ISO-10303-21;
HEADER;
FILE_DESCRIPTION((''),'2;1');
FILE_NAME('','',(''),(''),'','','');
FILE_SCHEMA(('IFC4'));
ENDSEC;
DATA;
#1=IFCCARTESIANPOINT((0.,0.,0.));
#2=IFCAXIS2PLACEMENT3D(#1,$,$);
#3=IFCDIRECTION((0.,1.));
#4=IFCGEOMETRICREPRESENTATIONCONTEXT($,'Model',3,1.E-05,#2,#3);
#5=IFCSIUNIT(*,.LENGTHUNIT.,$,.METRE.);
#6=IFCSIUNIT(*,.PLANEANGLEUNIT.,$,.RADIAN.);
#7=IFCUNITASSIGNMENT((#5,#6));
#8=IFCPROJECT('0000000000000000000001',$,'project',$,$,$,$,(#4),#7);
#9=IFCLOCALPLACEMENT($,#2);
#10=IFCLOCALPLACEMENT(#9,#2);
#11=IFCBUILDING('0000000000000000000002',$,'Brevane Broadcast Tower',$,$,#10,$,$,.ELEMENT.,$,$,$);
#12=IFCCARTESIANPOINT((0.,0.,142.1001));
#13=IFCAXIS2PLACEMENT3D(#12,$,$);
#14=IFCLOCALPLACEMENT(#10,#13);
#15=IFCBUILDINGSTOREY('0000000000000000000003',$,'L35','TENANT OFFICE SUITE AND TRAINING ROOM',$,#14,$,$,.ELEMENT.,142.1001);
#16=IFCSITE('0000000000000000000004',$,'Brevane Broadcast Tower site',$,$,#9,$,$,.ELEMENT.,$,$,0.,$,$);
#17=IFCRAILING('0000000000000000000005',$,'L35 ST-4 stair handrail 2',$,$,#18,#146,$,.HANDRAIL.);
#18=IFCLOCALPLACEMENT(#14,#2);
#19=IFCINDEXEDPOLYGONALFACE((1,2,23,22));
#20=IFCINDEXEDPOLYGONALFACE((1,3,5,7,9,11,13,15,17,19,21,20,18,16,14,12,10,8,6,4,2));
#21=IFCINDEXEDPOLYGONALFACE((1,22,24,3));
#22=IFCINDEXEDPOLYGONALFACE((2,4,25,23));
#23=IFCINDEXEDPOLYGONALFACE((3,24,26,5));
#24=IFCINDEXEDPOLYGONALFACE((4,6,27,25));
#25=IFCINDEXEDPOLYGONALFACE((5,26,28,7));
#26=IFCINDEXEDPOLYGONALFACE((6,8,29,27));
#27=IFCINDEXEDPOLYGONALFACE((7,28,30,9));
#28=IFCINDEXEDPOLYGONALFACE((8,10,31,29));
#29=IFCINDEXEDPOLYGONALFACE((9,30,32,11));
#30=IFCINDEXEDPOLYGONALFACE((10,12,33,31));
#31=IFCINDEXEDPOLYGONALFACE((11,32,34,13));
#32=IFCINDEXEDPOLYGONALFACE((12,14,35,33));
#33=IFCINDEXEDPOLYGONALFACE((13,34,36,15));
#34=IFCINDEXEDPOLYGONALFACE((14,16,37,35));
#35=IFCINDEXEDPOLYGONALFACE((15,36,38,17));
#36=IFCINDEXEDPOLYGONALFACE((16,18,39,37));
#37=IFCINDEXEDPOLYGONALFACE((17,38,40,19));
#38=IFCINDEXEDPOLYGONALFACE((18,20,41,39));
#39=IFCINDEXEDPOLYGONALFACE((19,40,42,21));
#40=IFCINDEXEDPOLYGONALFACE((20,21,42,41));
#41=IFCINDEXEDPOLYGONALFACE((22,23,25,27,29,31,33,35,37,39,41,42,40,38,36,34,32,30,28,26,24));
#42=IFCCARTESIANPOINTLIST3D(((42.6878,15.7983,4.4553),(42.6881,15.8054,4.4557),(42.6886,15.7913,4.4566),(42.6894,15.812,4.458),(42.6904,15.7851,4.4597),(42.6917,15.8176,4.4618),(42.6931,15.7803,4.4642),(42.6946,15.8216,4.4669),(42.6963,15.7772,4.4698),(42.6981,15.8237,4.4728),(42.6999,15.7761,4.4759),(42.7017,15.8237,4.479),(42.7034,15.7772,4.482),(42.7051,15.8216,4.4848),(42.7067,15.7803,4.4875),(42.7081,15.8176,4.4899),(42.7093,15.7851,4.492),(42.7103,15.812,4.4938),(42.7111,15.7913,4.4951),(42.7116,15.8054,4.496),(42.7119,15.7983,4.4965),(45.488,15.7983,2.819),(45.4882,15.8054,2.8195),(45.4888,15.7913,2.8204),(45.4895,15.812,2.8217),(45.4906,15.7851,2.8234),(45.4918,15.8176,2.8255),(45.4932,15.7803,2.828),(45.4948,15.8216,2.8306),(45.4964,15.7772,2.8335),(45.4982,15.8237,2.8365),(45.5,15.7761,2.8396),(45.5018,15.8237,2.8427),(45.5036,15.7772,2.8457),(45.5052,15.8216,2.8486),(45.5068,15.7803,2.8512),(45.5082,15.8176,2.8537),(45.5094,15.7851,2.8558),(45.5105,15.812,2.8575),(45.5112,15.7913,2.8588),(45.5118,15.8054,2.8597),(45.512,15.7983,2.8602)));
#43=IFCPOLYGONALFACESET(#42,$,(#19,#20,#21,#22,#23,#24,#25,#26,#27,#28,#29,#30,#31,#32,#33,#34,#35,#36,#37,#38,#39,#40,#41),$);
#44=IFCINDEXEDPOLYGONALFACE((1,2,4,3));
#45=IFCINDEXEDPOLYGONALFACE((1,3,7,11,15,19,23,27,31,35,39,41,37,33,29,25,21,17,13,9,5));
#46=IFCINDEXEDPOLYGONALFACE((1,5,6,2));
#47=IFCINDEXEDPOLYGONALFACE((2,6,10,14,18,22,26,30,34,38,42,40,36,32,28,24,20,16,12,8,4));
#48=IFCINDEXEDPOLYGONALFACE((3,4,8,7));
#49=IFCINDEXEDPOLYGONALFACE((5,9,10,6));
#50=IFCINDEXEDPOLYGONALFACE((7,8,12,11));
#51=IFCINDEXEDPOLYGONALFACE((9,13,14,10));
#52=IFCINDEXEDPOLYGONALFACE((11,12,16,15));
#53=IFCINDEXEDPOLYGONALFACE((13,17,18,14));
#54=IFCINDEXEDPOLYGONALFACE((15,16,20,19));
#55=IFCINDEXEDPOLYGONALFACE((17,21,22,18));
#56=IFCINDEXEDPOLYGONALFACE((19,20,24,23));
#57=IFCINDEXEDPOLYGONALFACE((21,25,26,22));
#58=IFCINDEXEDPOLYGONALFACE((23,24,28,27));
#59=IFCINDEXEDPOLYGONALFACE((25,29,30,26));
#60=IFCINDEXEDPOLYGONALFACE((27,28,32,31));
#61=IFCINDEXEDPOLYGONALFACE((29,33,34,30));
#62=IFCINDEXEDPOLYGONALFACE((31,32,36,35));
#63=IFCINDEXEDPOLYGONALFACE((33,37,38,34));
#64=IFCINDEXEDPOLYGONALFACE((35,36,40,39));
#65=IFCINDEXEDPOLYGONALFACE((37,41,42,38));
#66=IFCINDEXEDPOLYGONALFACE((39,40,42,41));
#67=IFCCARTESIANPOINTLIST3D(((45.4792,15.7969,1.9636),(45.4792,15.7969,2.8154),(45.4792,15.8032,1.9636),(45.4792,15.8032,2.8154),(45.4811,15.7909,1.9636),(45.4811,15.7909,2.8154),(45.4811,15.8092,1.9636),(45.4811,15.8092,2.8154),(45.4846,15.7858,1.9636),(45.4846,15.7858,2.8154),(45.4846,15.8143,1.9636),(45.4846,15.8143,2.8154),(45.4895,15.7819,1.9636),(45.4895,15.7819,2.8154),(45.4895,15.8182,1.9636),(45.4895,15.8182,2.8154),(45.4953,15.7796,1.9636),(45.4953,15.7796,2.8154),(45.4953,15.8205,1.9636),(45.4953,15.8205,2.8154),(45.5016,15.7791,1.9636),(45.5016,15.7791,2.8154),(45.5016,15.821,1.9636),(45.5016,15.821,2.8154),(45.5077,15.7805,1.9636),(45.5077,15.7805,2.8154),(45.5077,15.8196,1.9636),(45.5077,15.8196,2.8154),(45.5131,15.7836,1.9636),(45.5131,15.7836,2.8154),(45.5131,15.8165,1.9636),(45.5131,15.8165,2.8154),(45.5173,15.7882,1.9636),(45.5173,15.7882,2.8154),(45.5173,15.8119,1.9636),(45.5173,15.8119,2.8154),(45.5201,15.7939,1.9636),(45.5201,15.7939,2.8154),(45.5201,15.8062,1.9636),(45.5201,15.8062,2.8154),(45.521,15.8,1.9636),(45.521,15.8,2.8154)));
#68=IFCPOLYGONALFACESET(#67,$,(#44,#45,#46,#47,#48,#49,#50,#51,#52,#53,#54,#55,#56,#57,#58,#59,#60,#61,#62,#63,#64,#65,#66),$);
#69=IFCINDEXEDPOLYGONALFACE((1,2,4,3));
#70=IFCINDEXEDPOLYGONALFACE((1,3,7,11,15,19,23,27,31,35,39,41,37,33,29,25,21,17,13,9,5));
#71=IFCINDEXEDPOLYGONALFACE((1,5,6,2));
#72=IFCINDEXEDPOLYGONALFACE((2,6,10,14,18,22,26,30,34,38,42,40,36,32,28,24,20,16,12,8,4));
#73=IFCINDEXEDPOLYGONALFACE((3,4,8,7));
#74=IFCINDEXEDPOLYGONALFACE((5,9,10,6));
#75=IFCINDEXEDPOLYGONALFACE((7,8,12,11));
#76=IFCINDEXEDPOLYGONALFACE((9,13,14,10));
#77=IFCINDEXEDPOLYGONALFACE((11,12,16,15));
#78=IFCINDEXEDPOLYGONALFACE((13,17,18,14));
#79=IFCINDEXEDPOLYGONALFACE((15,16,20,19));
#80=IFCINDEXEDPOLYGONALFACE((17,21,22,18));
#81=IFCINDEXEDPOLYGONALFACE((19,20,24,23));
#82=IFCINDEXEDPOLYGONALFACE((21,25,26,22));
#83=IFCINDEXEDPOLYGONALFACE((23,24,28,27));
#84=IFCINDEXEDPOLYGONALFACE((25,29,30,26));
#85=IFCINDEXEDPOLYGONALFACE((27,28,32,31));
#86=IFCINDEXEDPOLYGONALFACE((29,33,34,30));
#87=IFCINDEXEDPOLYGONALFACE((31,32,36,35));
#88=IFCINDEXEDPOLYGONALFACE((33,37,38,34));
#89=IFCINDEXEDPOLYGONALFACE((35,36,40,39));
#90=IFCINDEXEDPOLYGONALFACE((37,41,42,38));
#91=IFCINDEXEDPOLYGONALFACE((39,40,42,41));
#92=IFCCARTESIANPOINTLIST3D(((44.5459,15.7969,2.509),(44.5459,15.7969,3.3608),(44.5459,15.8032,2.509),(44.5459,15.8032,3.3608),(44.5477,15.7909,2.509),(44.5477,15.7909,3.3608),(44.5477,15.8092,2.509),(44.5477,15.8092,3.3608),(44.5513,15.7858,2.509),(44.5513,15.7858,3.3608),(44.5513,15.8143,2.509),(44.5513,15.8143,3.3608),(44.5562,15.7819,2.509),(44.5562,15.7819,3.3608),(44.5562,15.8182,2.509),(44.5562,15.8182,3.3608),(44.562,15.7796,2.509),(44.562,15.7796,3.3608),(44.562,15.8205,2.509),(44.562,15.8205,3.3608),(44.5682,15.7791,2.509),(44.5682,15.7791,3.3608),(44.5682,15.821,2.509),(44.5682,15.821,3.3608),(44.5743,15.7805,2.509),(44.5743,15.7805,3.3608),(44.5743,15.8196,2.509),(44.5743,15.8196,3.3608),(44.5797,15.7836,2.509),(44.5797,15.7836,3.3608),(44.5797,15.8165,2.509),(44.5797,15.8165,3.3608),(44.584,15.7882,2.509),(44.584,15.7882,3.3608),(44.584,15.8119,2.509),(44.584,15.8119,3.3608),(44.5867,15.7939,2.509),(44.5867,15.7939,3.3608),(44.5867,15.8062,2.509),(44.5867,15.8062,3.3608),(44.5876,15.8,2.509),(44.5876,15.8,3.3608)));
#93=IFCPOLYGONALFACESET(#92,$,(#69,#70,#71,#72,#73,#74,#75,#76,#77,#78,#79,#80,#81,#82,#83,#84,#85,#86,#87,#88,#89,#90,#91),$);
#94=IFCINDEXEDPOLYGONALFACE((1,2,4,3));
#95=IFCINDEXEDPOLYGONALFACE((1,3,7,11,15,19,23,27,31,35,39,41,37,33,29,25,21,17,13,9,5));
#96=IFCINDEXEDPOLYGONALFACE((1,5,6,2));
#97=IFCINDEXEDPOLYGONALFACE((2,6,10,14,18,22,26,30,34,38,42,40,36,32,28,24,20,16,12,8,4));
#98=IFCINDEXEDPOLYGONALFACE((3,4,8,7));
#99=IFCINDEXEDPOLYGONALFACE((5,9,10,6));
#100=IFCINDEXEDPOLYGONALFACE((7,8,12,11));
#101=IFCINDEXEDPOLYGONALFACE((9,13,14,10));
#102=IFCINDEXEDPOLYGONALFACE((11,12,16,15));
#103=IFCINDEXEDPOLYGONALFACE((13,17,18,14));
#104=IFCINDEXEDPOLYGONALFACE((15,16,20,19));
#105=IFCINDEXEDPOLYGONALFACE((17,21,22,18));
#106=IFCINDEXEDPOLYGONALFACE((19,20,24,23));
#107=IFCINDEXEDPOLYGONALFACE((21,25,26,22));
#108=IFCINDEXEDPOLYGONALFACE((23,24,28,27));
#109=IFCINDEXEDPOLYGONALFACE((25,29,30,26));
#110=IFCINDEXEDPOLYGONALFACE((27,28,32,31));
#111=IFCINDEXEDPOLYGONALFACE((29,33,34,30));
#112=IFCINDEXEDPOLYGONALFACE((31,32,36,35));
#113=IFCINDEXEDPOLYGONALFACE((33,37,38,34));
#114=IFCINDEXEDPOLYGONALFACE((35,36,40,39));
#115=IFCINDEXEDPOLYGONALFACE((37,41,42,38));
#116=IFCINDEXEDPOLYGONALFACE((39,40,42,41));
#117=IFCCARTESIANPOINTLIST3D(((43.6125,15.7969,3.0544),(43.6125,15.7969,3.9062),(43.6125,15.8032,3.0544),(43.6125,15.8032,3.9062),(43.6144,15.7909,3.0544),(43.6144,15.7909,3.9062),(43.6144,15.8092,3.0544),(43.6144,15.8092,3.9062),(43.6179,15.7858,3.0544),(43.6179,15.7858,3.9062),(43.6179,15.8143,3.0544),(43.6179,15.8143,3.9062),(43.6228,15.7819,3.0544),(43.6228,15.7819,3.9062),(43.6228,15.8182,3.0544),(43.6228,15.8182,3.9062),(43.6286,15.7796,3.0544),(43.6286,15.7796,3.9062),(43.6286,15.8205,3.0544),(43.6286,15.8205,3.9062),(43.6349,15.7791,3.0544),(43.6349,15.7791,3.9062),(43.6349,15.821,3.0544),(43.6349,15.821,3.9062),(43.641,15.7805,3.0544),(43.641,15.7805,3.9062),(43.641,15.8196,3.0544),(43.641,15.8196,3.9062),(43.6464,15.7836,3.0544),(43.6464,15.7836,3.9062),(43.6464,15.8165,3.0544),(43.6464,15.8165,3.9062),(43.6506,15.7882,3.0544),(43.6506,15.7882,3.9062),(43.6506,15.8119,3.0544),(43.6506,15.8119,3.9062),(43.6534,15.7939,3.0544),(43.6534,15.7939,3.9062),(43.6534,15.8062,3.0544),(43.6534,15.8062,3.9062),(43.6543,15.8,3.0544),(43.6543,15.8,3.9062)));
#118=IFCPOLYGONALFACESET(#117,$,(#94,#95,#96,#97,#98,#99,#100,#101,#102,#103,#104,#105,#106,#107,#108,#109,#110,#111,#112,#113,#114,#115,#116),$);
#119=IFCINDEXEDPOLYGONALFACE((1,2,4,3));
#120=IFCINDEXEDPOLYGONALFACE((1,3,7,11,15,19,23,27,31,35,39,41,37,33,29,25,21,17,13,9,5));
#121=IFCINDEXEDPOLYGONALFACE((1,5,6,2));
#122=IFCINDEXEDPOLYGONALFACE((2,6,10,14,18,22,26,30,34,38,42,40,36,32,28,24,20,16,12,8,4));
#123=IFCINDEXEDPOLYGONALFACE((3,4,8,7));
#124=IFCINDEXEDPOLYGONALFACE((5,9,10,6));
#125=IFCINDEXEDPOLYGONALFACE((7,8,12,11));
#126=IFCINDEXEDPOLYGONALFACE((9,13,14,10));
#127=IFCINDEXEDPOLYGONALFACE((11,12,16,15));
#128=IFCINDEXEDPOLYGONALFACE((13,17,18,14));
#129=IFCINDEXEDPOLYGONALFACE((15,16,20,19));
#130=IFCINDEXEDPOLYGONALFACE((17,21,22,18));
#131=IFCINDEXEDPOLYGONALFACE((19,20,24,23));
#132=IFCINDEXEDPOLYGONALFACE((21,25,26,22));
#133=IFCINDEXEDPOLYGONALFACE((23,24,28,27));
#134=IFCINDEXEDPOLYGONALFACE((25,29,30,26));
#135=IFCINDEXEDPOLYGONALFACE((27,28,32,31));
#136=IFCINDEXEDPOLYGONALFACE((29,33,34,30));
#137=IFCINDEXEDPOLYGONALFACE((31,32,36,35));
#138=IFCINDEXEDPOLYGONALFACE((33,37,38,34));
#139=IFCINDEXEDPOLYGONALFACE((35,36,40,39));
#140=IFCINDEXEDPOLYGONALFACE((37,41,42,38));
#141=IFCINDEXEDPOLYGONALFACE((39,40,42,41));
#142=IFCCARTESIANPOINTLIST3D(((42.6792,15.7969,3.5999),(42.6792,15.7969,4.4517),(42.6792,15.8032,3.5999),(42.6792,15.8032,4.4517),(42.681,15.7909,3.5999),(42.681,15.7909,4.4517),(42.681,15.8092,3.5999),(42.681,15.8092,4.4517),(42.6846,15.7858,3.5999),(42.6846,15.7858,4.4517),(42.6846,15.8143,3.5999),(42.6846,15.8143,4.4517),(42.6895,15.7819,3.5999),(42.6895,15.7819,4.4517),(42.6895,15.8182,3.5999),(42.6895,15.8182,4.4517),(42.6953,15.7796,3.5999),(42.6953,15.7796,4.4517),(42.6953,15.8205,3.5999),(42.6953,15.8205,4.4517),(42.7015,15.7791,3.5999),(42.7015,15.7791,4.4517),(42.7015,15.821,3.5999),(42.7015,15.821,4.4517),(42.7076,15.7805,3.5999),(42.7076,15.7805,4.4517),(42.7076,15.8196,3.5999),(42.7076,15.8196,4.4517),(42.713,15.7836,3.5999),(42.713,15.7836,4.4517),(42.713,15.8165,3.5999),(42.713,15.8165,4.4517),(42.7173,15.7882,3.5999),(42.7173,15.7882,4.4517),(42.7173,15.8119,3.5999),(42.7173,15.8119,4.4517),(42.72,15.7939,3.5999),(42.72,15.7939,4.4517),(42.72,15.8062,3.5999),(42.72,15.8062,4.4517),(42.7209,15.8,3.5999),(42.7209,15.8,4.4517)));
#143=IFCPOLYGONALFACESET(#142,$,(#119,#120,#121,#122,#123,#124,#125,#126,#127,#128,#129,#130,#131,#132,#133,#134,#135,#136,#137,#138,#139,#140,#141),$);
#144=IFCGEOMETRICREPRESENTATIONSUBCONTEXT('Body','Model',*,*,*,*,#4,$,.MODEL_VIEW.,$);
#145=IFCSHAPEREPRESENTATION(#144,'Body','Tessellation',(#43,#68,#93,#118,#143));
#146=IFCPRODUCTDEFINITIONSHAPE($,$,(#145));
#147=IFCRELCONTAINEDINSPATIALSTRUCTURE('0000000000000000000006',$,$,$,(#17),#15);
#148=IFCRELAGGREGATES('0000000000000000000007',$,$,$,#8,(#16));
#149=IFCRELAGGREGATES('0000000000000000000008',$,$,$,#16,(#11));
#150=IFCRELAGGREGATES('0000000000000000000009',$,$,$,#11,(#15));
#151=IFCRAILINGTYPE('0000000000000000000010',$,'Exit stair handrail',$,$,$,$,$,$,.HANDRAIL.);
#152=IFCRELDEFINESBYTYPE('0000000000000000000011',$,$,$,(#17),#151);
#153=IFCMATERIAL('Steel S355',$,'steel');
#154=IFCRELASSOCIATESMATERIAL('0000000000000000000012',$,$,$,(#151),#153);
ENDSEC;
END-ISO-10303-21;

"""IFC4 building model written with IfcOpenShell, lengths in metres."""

from ifc_helpers import new_model, si_unit, direction, frame, origin, origin_2d, place, context, subcontext, project, spatial, circle, extrude, material, type_object, element, save


model = new_model("IFC4")

# Units and contexts
model_context = context("Model", 3, precision=1e-05, world=origin(), true_north=direction((0.0, 1.0)))
body_context = subcontext(model_context, "Body", "Model", "MODEL_VIEW")
ifc_project = project(units=[si_unit("LENGTHUNIT", "METRE"), si_unit("PLANEANGLEUNIT", "RADIAN")], contexts=[model_context])

# Site, building, storey
site_placement = place(None, origin())
site = spatial("IfcSite", under=ifc_project, at=site_placement, Name="Brevane Broadcast Tower site", CompositionType="ELEMENT", RefElevation=0.0)
building_placement = place(site_placement, origin())
building = spatial("IfcBuilding", under=site, at=building_placement, Name="Brevane Broadcast Tower", CompositionType="ELEMENT")
storey_placement = place(building_placement, frame((0.0, 0.0, 142.1001)))
storey = spatial("IfcBuildingStorey", under=building, at=storey_placement, Name="L35", Description="TENANT OFFICE SUITE AND TRAINING ROOM", CompositionType="ELEMENT", Elevation=142.1001)

# Railing
ifc_material_1 = material(Name="Steel S355", Category="steel")
railing_type_1 = type_object("IfcRailingType", Name="Exit stair handrail", PredefinedType="HANDRAIL", material=ifc_material_1)
railing_1_placement = place(storey_placement, frame((45.5, 15.8, 1.9636)))
element("IfcRailing", 1, at=railing_1_placement, inside=storey, type_object=railing_type_1, Name="L35 ST-4 stair handrail 2", PredefinedType="HANDRAIL", context=body_context, shape_type="SweptSolid", body=[
    extrude(circle(Radius=0.0239, at=origin_2d()), frame((0.0, 0.0, 0.876), z_axis=(-0.863394, 0.0, 0.504531), x_axis=(0.0, -1.0, 0.0)), (0.0, 0.0, 1.0), 3.2432),
    extrude(circle(Radius=0.021, at=origin_2d()), origin(), (0.0, 0.0, 1.0), 0.8518),
    extrude(circle(Radius=0.021, at=origin_2d()), frame((-0.9333, 0.0, 0.5454)), (0.0, 0.0, 1.0), 0.8518),
    extrude(circle(Radius=0.021, at=origin_2d()), frame((-1.8667, 0.0, 1.0908)), (0.0, 0.0, 1.0), 0.8518),
    extrude(circle(Radius=0.021, at=origin_2d()), frame((-2.8, 0.0, 1.6362)), (0.0, 0.0, 1.0), 0.8518),
])

save(model, "model.ifc")
